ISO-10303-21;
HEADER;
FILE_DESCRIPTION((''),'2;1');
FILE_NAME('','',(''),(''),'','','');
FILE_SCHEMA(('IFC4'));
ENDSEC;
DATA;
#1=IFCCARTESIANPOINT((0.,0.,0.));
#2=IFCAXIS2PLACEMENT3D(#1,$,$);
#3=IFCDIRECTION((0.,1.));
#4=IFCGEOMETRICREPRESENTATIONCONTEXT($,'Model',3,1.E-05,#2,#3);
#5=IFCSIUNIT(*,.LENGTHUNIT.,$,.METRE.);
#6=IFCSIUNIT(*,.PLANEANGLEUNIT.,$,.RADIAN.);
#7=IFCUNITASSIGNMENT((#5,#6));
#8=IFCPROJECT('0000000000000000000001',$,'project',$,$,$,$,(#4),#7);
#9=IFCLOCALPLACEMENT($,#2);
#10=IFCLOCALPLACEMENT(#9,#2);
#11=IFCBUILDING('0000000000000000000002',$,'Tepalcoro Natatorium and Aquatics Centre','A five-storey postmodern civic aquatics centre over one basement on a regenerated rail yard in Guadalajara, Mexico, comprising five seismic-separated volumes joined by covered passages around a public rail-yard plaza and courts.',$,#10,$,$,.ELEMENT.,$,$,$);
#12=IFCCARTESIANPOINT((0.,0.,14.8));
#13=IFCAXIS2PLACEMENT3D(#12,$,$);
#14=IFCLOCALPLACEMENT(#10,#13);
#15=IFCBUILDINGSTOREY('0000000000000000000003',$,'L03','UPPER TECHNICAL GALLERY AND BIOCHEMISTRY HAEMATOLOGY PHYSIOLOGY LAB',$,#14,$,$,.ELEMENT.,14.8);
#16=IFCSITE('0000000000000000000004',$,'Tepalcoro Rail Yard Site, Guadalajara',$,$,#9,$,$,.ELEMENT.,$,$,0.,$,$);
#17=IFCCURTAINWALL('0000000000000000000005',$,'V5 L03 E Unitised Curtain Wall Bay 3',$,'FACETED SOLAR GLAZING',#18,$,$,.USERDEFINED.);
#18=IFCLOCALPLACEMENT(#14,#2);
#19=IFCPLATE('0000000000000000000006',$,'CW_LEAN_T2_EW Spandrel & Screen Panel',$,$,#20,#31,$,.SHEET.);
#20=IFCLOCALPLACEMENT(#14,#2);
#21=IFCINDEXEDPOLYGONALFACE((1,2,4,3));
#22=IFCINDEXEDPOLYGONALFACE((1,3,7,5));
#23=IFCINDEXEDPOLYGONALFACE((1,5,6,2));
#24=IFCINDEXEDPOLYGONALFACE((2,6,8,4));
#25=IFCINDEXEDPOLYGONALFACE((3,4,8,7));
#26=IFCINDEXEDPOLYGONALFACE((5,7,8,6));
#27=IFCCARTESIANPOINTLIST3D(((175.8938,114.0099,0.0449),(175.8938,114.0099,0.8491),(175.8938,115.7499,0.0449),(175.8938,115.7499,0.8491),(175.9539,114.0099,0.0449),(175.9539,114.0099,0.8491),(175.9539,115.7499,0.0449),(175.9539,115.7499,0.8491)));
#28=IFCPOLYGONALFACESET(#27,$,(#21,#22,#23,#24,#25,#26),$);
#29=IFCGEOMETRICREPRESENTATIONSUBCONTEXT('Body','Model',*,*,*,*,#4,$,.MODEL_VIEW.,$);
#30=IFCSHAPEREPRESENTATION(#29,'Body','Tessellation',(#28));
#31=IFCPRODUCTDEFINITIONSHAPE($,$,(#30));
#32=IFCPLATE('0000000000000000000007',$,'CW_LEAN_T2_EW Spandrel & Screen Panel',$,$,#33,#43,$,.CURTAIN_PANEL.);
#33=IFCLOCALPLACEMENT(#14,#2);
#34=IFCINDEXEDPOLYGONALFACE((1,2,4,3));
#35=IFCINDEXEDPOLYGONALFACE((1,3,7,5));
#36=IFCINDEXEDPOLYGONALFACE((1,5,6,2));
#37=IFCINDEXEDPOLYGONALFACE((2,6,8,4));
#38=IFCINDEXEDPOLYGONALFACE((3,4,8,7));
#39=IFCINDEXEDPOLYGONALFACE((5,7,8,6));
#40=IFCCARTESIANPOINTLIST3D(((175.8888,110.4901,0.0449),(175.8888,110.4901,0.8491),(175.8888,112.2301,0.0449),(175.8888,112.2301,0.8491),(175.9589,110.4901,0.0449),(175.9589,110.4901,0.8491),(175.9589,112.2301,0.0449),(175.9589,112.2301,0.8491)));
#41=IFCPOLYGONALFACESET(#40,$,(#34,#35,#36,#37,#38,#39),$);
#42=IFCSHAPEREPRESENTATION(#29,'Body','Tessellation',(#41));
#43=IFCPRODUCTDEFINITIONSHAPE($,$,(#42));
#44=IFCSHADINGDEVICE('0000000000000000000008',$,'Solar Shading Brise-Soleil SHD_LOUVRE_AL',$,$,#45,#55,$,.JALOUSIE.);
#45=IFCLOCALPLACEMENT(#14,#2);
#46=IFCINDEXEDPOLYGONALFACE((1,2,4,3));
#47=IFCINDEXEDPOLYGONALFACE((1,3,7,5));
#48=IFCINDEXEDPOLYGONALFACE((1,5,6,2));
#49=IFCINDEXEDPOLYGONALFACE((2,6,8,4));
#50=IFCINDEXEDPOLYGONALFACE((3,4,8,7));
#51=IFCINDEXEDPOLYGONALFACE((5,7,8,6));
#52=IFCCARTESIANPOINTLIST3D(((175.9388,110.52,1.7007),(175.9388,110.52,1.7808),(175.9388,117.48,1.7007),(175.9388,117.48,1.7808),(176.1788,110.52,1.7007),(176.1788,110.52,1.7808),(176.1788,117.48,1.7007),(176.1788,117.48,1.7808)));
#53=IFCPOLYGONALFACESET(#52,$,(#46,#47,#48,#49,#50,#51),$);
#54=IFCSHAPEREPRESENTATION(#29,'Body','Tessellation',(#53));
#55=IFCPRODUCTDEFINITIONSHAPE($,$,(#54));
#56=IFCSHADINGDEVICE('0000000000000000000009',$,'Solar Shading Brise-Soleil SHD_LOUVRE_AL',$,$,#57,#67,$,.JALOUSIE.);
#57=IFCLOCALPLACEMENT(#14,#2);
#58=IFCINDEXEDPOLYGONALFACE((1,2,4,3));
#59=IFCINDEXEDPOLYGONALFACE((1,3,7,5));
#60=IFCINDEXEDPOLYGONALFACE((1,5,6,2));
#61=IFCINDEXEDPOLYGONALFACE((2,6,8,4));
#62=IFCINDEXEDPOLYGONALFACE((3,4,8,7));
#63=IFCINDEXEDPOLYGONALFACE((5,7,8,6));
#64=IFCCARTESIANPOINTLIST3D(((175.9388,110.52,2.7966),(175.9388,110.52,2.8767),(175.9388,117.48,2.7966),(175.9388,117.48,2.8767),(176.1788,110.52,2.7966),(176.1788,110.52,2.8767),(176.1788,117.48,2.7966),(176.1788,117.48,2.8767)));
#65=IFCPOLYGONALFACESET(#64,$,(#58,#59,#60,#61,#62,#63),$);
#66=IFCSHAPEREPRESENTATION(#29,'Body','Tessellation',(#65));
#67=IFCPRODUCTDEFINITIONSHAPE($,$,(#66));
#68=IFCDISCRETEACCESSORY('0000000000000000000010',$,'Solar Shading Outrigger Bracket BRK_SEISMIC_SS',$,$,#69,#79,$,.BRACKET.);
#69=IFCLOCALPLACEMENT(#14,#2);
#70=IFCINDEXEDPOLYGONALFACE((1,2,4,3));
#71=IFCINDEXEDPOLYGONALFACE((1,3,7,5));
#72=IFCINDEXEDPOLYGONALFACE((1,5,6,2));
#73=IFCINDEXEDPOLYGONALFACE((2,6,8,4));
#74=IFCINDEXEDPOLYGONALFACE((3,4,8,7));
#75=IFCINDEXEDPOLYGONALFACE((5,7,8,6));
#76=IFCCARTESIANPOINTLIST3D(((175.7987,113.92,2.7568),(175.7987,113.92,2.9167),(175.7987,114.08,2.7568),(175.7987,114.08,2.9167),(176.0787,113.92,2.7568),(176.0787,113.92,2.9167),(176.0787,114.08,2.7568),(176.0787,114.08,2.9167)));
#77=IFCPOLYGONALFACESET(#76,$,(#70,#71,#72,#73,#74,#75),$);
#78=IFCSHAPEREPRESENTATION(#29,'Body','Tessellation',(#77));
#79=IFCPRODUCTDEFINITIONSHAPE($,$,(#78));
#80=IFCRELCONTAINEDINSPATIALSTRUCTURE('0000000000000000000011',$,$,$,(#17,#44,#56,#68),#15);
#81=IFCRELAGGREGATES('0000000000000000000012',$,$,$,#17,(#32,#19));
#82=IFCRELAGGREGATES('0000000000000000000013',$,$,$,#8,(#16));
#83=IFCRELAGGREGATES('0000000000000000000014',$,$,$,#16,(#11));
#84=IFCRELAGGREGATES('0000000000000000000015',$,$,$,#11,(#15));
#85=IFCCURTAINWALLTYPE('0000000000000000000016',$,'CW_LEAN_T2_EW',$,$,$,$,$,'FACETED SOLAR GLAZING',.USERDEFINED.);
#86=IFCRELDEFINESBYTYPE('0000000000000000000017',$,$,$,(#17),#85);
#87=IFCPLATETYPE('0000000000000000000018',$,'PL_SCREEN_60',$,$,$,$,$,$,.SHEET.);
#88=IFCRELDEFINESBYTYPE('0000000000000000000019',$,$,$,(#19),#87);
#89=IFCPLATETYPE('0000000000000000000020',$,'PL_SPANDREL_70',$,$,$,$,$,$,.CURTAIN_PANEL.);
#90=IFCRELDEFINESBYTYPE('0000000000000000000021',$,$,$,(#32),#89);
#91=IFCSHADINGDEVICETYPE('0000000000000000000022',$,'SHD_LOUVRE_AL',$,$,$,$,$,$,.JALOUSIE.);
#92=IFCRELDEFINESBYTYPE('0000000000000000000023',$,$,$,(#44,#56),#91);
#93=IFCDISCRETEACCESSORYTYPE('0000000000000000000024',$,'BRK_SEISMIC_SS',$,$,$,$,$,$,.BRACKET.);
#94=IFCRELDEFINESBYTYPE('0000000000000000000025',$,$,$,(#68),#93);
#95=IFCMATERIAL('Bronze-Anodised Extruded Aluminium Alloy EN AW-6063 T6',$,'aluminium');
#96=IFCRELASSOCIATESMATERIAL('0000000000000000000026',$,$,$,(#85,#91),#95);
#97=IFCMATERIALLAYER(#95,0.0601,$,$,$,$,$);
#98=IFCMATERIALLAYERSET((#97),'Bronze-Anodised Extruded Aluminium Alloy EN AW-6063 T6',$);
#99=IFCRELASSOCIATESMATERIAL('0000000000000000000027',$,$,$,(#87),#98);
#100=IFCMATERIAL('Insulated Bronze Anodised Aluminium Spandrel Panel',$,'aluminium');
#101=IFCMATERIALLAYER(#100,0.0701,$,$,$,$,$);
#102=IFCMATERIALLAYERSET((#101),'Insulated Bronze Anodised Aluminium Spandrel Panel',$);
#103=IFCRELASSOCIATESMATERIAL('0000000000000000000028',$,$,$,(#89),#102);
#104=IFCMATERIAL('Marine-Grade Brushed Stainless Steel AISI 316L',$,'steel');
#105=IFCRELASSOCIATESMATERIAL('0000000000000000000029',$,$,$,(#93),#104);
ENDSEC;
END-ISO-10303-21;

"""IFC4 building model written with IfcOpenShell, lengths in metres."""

from ifc_helpers import new_model, si_unit, direction, frame, origin, origin_2d, place, context, subcontext, project, spatial, rectangle, extrude, material, layer, layer_set, type_object, element, aggregate, save


model = new_model("IFC4")

# Units and contexts
model_context = context("Model", 3, precision=1e-05, world=origin(), true_north=direction((0.0, 1.0)))
body_context = subcontext(model_context, "Body", "Model", "MODEL_VIEW")
ifc_project = project(units=[si_unit("LENGTHUNIT", "METRE"), si_unit("PLANEANGLEUNIT", "RADIAN")], contexts=[model_context])

# Site, building, storey
site_placement = place(None, origin())
site = spatial("IfcSite", under=ifc_project, at=site_placement, Name="Tepalcoro Rail Yard Site, Guadalajara", CompositionType="ELEMENT", RefElevation=0.0)
building_placement = place(site_placement, origin())
building = spatial("IfcBuilding", under=site, at=building_placement, Name="Tepalcoro Natatorium and Aquatics Centre", Description="A five-storey postmodern civic aquatics centre over one basement on a regenerated rail yard in Guadalajara, Mexico, comprising five seismic-separated volumes joined by covered passages around a public rail-yard plaza and courts.", CompositionType="ELEMENT")
storey_placement = place(building_placement, frame((0.0, 0.0, 14.8)))
storey = spatial("IfcBuildingStorey", under=building, at=storey_placement, Name="L03", Description="UPPER TECHNICAL GALLERY AND BIOCHEMISTRY HAEMATOLOGY PHYSIOLOGY LAB", CompositionType="ELEMENT", Elevation=14.8)

# Curtain wall
ifc_material_1 = material(Name="Bronze-Anodised Extruded Aluminium Alloy EN AW-6063 T6", Category="aluminium")
curtain_wall_type_1 = type_object("IfcCurtainWallType", Name="CW_LEAN_T2_EW", ElementType="FACETED SOLAR GLAZING", PredefinedType="USERDEFINED", material=ifc_material_1)
curtain_wall_1_placement = place(storey_placement, origin())
curtain_wall_1 = element("IfcCurtainWall", 1, at=curtain_wall_1_placement, inside=storey, type_object=curtain_wall_type_1, Name="V5 L03 E Unitised Curtain Wall Bay 3", ObjectType="FACETED SOLAR GLAZING", PredefinedType="USERDEFINED")

# Plates
ifc_layer_1 = layer(ifc_material_1, 0.0601)
ifc_layer_set_1 = layer_set([ifc_layer_1], Name="Bronze-Anodised Extruded Aluminium Alloy EN AW-6063 T6")
plate_type_1 = type_object("IfcPlateType", Name="PL_SCREEN_60", PredefinedType="SHEET", material=ifc_layer_set_1)
plate_1_placement = place(storey_placement, frame((175.9238, 114.8799, 0.0449), z_axis=(0.0, 0.0, 1.0), x_axis=(1.0, 0.0, 0.0)))
plate_1 = element("IfcPlate", 2, at=plate_1_placement, type_object=plate_type_1, Name="CW_LEAN_T2_EW Spandrel & Screen Panel", PredefinedType="SHEET", context=body_context, shape_type="SweptSolid", body=[
    extrude(rectangle(XDim=0.0601, YDim=1.74, at=origin_2d()), origin(), (0.0, 0.0, 1.0), 0.8042),
])
ifc_material_2 = material(Name="Insulated Bronze Anodised Aluminium Spandrel Panel", Category="aluminium")
ifc_layer_2 = layer(ifc_material_2, 0.0701)
ifc_layer_set_2 = layer_set([ifc_layer_2], Name="Insulated Bronze Anodised Aluminium Spandrel Panel")
plate_type_2 = type_object("IfcPlateType", Name="PL_SPANDREL_70", PredefinedType="CURTAIN_PANEL", material=ifc_layer_set_2)
plate_2_placement = place(storey_placement, frame((175.9238, 111.3601, 0.0449), z_axis=(0.0, 0.0, 1.0), x_axis=(1.0, 0.0, 0.0)))
plate_2 = element("IfcPlate", 3, at=plate_2_placement, type_object=plate_type_2, Name="CW_LEAN_T2_EW Spandrel & Screen Panel", PredefinedType="CURTAIN_PANEL", context=body_context, shape_type="SweptSolid", body=[
    extrude(rectangle(XDim=0.0701, YDim=1.74, at=origin_2d()), origin(), (0.0, 0.0, 1.0), 0.8042),
])
aggregate(curtain_wall_1, [plate_2, plate_1])

# Shading devices
shading_device_type = type_object("IfcShadingDeviceType", Name="SHD_LOUVRE_AL", PredefinedType="JALOUSIE", material=ifc_material_1)
for number, where, z_axis, x_axis, name in (
    (4, (176.0588, 114.0, 1.7007), (0.0, 0.0, 1.0), (1.0, 0.0, 0.0), "Solar Shading Brise-Soleil SHD_LOUVRE_AL"),
    (5, (176.0588, 114.0, 2.7966), (0.0, 0.0, 1.0), (1.0, 0.0, 0.0), "Solar Shading Brise-Soleil SHD_LOUVRE_AL"),
):
    element("IfcShadingDevice", number, at=place(storey_placement, frame(where, z_axis=z_axis, x_axis=x_axis)), inside=storey, type_object=shading_device_type, Name=name, PredefinedType="JALOUSIE", context=body_context, shape_type="SweptSolid", body=[
        extrude(rectangle(XDim=0.24, YDim=6.96, at=origin_2d()), origin(), (0.0, 0.0, 1.0), 0.0801),
    ])

# Discrete accessory
ifc_material_3 = material(Name="Marine-Grade Brushed Stainless Steel AISI 316L", Category="steel")
discrete_accessory_type = type_object("IfcDiscreteAccessoryType", Name="BRK_SEISMIC_SS", PredefinedType="BRACKET", material=ifc_material_3)
discrete_accessory_placement = place(storey_placement, frame((175.9387, 114.0, 2.7568), z_axis=(0.0, 0.0, 1.0), x_axis=(1.0, 0.0, 0.0)))
element("IfcDiscreteAccessory", 6, at=discrete_accessory_placement, inside=storey, type_object=discrete_accessory_type, Name="Solar Shading Outrigger Bracket BRK_SEISMIC_SS", PredefinedType="BRACKET", context=body_context, shape_type="SweptSolid", body=[
    extrude(rectangle(XDim=0.28, YDim=0.1599, at=origin_2d()), origin(), (0.0, 0.0, 1.0), 0.1599),
])

save(model, "model.ifc")
